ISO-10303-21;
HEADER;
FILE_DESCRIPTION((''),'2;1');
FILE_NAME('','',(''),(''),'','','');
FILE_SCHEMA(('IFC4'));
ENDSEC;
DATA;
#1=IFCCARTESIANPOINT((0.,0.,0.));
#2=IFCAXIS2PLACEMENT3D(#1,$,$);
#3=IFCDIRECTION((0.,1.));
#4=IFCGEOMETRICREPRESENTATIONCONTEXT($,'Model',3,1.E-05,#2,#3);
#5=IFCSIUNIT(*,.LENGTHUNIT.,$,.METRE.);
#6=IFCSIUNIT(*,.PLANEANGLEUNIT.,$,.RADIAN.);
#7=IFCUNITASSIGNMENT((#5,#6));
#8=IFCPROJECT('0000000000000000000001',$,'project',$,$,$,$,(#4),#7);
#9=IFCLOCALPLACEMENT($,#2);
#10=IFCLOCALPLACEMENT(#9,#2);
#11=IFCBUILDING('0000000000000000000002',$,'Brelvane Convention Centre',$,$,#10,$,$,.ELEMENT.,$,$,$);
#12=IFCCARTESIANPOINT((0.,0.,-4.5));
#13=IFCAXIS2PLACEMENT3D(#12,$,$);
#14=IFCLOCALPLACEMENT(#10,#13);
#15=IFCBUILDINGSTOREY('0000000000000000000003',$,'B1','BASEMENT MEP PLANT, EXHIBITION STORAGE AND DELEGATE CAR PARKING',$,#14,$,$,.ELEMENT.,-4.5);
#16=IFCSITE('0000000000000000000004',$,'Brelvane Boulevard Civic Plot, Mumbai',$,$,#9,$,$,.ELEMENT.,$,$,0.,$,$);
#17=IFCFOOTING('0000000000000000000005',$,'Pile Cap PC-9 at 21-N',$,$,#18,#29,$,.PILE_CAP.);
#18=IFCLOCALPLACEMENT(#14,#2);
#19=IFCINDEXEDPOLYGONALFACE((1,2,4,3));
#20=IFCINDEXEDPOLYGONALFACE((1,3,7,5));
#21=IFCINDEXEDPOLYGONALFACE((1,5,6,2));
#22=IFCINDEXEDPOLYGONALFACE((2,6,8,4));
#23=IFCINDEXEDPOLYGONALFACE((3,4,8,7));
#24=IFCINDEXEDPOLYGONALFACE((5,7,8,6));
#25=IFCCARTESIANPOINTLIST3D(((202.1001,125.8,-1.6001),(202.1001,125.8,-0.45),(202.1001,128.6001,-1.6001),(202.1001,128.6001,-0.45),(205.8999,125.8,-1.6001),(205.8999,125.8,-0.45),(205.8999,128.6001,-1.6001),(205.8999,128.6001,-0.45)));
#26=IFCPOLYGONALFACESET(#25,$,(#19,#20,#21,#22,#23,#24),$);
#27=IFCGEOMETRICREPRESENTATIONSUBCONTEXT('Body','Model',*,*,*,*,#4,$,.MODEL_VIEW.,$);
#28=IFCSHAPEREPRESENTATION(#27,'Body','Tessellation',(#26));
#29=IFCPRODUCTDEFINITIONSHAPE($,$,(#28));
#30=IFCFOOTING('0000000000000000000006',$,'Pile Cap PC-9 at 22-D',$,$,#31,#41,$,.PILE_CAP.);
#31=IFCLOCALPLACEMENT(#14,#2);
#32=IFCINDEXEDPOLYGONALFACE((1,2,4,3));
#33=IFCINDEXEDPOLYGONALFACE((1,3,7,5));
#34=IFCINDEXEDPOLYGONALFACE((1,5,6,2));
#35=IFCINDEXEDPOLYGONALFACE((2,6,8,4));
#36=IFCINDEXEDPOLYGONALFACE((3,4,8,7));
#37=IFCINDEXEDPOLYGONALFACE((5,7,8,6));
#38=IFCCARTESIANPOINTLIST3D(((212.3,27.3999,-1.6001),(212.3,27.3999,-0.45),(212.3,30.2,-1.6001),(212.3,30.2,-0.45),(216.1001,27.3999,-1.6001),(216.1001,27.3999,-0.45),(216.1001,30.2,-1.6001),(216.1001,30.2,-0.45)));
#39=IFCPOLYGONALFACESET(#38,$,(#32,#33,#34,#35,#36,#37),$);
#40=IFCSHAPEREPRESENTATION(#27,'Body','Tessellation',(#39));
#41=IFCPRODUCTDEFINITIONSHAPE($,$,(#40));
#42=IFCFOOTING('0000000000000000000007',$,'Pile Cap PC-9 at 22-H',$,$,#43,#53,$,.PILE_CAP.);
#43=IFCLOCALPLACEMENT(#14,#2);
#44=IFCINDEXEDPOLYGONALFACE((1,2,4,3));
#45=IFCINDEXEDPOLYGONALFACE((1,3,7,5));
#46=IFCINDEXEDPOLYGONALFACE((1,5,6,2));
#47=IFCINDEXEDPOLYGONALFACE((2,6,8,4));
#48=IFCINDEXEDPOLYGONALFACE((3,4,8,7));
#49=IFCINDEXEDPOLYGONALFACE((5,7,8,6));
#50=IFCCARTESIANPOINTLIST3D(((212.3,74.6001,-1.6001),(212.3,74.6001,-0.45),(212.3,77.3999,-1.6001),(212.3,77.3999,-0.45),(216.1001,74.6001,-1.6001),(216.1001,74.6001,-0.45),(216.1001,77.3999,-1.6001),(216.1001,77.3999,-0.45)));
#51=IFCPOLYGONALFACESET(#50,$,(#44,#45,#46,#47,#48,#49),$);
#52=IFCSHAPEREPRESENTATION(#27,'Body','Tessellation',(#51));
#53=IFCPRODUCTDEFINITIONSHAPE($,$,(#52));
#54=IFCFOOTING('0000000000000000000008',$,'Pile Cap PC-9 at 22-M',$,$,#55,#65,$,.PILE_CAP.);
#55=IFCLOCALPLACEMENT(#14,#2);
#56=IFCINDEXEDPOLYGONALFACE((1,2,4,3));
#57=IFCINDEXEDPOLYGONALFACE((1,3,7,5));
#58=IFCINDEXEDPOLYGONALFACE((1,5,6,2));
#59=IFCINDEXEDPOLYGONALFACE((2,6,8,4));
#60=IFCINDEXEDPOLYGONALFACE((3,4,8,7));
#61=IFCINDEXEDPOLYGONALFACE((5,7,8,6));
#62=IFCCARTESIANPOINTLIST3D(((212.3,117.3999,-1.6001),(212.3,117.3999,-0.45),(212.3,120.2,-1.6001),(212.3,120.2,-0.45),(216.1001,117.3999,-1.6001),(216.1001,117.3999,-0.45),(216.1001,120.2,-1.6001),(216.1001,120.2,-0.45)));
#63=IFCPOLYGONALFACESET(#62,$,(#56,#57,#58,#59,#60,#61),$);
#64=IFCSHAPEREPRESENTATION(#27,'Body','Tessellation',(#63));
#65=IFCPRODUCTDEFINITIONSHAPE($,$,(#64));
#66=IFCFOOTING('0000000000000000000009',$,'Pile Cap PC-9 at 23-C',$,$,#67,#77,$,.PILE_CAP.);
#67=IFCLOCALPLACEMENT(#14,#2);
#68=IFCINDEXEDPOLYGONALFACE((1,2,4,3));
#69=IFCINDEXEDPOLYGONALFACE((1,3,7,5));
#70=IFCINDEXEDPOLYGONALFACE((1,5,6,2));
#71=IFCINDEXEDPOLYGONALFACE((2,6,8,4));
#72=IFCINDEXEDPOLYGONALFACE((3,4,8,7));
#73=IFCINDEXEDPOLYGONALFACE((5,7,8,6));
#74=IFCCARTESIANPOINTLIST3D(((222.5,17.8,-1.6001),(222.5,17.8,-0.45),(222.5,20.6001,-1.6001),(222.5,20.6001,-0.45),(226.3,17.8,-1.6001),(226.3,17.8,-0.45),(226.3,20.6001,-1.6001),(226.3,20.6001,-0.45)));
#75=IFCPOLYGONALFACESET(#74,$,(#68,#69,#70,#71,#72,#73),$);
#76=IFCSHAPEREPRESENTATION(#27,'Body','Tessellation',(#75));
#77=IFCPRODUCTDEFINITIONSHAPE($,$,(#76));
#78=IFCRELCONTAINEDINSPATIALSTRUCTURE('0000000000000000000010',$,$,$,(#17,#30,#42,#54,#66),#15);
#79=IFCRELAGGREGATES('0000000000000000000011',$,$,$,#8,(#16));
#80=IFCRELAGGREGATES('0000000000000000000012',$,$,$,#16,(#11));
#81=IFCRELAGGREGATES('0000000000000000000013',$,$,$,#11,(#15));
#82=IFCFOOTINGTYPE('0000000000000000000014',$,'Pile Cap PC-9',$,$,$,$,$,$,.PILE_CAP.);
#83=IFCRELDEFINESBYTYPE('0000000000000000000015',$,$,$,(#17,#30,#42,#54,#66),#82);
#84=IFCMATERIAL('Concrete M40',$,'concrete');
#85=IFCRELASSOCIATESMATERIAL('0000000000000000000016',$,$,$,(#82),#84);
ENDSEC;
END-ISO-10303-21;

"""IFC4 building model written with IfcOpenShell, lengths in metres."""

from ifc_helpers import new_model, si_unit, direction, frame, origin, place, context, subcontext, project, spatial, polyline, outline, extrude, material, type_object, element, save


model = new_model("IFC4")

# Units and contexts
model_context = context("Model", 3, precision=1e-05, world=origin(), true_north=direction((0.0, 1.0)))
body_context = subcontext(model_context, "Body", "Model", "MODEL_VIEW")
ifc_project = project(units=[si_unit("LENGTHUNIT", "METRE"), si_unit("PLANEANGLEUNIT", "RADIAN")], contexts=[model_context])

# Site, building, storey
site_placement = place(None, origin())
site = spatial("IfcSite", under=ifc_project, at=site_placement, Name="Brelvane Boulevard Civic Plot, Mumbai", CompositionType="ELEMENT", RefElevation=0.0)
building_placement = place(site_placement, origin())
building = spatial("IfcBuilding", under=site, at=building_placement, Name="Brelvane Convention Centre", CompositionType="ELEMENT")
storey_placement = place(building_placement, frame((0.0, 0.0, -4.5)))
storey = spatial("IfcBuildingStorey", under=building, at=storey_placement, Name="B1", Description="BASEMENT MEP PLANT, EXHIBITION STORAGE AND DELEGATE CAR PARKING", CompositionType="ELEMENT", Elevation=-4.5)

# Footings
ifc_material_1 = material(Name="Concrete M40", Category="concrete")
footing_type_1 = type_object("IfcFootingType", Name="Pile Cap PC-9", PredefinedType="PILE_CAP", material=ifc_material_1)
footing_1_placement = place(storey_placement, frame((0.0, 0.0, -1.6001)))
element("IfcFooting", 1, at=footing_1_placement, inside=storey, type_object=footing_type_1, Name="Pile Cap PC-9 at 21-N", PredefinedType="PILE_CAP", context=body_context, shape_type="SweptSolid", body=[
    extrude(outline(polyline([(202.1001, 125.8), (205.8999, 125.8), (205.8999, 128.6001), (202.1001, 128.6001), (202.1001, 125.8)])), origin(), (0.0, 0.0, 1.0), 1.1501),
])
footing_2_placement = place(storey_placement, frame((0.0, 0.0, -1.6001)))
element("IfcFooting", 2, at=footing_2_placement, inside=storey, type_object=footing_type_1, Name="Pile Cap PC-9 at 22-D", PredefinedType="PILE_CAP", context=body_context, shape_type="SweptSolid", body=[
    extrude(outline(polyline([(212.3, 27.3999), (216.1001, 27.3999), (216.1001, 30.2), (212.3, 30.2), (212.3, 27.3999)])), origin(), (0.0, 0.0, 1.0), 1.1501),
])
footing_3_placement = place(storey_placement, frame((0.0, 0.0, -1.6001)))
element("IfcFooting", 3, at=footing_3_placement, inside=storey, type_object=footing_type_1, Name="Pile Cap PC-9 at 22-H", PredefinedType="PILE_CAP", context=body_context, shape_type="SweptSolid", body=[
    extrude(outline(polyline([(212.3, 74.6001), (216.1001, 74.6001), (216.1001, 77.3999), (212.3, 77.3999), (212.3, 74.6001)])), origin(), (0.0, 0.0, 1.0), 1.1501),
])
footing_4_placement = place(storey_placement, frame((0.0, 0.0, -1.6001)))
element("IfcFooting", 4, at=footing_4_placement, inside=storey, type_object=footing_type_1, Name="Pile Cap PC-9 at 22-M", PredefinedType="PILE_CAP", context=body_context, shape_type="SweptSolid", body=[
    extrude(outline(polyline([(212.3, 117.3999), (216.1001, 117.3999), (216.1001, 120.2), (212.3, 120.2), (212.3, 117.3999)])), origin(), (0.0, 0.0, 1.0), 1.1501),
])
footing_5_placement = place(storey_placement, frame((0.0, 0.0, -1.6001)))
element("IfcFooting", 5, at=footing_5_placement, inside=storey, type_object=footing_type_1, Name="Pile Cap PC-9 at 23-C", PredefinedType="PILE_CAP", context=body_context, shape_type="SweptSolid", body=[
    extrude(outline(polyline([(222.5, 17.8), (226.3, 17.8), (226.3, 20.6001), (222.5, 20.6001), (222.5, 17.8)])), origin(), (0.0, 0.0, 1.0), 1.1501),
])

save(model, "model.ifc")
